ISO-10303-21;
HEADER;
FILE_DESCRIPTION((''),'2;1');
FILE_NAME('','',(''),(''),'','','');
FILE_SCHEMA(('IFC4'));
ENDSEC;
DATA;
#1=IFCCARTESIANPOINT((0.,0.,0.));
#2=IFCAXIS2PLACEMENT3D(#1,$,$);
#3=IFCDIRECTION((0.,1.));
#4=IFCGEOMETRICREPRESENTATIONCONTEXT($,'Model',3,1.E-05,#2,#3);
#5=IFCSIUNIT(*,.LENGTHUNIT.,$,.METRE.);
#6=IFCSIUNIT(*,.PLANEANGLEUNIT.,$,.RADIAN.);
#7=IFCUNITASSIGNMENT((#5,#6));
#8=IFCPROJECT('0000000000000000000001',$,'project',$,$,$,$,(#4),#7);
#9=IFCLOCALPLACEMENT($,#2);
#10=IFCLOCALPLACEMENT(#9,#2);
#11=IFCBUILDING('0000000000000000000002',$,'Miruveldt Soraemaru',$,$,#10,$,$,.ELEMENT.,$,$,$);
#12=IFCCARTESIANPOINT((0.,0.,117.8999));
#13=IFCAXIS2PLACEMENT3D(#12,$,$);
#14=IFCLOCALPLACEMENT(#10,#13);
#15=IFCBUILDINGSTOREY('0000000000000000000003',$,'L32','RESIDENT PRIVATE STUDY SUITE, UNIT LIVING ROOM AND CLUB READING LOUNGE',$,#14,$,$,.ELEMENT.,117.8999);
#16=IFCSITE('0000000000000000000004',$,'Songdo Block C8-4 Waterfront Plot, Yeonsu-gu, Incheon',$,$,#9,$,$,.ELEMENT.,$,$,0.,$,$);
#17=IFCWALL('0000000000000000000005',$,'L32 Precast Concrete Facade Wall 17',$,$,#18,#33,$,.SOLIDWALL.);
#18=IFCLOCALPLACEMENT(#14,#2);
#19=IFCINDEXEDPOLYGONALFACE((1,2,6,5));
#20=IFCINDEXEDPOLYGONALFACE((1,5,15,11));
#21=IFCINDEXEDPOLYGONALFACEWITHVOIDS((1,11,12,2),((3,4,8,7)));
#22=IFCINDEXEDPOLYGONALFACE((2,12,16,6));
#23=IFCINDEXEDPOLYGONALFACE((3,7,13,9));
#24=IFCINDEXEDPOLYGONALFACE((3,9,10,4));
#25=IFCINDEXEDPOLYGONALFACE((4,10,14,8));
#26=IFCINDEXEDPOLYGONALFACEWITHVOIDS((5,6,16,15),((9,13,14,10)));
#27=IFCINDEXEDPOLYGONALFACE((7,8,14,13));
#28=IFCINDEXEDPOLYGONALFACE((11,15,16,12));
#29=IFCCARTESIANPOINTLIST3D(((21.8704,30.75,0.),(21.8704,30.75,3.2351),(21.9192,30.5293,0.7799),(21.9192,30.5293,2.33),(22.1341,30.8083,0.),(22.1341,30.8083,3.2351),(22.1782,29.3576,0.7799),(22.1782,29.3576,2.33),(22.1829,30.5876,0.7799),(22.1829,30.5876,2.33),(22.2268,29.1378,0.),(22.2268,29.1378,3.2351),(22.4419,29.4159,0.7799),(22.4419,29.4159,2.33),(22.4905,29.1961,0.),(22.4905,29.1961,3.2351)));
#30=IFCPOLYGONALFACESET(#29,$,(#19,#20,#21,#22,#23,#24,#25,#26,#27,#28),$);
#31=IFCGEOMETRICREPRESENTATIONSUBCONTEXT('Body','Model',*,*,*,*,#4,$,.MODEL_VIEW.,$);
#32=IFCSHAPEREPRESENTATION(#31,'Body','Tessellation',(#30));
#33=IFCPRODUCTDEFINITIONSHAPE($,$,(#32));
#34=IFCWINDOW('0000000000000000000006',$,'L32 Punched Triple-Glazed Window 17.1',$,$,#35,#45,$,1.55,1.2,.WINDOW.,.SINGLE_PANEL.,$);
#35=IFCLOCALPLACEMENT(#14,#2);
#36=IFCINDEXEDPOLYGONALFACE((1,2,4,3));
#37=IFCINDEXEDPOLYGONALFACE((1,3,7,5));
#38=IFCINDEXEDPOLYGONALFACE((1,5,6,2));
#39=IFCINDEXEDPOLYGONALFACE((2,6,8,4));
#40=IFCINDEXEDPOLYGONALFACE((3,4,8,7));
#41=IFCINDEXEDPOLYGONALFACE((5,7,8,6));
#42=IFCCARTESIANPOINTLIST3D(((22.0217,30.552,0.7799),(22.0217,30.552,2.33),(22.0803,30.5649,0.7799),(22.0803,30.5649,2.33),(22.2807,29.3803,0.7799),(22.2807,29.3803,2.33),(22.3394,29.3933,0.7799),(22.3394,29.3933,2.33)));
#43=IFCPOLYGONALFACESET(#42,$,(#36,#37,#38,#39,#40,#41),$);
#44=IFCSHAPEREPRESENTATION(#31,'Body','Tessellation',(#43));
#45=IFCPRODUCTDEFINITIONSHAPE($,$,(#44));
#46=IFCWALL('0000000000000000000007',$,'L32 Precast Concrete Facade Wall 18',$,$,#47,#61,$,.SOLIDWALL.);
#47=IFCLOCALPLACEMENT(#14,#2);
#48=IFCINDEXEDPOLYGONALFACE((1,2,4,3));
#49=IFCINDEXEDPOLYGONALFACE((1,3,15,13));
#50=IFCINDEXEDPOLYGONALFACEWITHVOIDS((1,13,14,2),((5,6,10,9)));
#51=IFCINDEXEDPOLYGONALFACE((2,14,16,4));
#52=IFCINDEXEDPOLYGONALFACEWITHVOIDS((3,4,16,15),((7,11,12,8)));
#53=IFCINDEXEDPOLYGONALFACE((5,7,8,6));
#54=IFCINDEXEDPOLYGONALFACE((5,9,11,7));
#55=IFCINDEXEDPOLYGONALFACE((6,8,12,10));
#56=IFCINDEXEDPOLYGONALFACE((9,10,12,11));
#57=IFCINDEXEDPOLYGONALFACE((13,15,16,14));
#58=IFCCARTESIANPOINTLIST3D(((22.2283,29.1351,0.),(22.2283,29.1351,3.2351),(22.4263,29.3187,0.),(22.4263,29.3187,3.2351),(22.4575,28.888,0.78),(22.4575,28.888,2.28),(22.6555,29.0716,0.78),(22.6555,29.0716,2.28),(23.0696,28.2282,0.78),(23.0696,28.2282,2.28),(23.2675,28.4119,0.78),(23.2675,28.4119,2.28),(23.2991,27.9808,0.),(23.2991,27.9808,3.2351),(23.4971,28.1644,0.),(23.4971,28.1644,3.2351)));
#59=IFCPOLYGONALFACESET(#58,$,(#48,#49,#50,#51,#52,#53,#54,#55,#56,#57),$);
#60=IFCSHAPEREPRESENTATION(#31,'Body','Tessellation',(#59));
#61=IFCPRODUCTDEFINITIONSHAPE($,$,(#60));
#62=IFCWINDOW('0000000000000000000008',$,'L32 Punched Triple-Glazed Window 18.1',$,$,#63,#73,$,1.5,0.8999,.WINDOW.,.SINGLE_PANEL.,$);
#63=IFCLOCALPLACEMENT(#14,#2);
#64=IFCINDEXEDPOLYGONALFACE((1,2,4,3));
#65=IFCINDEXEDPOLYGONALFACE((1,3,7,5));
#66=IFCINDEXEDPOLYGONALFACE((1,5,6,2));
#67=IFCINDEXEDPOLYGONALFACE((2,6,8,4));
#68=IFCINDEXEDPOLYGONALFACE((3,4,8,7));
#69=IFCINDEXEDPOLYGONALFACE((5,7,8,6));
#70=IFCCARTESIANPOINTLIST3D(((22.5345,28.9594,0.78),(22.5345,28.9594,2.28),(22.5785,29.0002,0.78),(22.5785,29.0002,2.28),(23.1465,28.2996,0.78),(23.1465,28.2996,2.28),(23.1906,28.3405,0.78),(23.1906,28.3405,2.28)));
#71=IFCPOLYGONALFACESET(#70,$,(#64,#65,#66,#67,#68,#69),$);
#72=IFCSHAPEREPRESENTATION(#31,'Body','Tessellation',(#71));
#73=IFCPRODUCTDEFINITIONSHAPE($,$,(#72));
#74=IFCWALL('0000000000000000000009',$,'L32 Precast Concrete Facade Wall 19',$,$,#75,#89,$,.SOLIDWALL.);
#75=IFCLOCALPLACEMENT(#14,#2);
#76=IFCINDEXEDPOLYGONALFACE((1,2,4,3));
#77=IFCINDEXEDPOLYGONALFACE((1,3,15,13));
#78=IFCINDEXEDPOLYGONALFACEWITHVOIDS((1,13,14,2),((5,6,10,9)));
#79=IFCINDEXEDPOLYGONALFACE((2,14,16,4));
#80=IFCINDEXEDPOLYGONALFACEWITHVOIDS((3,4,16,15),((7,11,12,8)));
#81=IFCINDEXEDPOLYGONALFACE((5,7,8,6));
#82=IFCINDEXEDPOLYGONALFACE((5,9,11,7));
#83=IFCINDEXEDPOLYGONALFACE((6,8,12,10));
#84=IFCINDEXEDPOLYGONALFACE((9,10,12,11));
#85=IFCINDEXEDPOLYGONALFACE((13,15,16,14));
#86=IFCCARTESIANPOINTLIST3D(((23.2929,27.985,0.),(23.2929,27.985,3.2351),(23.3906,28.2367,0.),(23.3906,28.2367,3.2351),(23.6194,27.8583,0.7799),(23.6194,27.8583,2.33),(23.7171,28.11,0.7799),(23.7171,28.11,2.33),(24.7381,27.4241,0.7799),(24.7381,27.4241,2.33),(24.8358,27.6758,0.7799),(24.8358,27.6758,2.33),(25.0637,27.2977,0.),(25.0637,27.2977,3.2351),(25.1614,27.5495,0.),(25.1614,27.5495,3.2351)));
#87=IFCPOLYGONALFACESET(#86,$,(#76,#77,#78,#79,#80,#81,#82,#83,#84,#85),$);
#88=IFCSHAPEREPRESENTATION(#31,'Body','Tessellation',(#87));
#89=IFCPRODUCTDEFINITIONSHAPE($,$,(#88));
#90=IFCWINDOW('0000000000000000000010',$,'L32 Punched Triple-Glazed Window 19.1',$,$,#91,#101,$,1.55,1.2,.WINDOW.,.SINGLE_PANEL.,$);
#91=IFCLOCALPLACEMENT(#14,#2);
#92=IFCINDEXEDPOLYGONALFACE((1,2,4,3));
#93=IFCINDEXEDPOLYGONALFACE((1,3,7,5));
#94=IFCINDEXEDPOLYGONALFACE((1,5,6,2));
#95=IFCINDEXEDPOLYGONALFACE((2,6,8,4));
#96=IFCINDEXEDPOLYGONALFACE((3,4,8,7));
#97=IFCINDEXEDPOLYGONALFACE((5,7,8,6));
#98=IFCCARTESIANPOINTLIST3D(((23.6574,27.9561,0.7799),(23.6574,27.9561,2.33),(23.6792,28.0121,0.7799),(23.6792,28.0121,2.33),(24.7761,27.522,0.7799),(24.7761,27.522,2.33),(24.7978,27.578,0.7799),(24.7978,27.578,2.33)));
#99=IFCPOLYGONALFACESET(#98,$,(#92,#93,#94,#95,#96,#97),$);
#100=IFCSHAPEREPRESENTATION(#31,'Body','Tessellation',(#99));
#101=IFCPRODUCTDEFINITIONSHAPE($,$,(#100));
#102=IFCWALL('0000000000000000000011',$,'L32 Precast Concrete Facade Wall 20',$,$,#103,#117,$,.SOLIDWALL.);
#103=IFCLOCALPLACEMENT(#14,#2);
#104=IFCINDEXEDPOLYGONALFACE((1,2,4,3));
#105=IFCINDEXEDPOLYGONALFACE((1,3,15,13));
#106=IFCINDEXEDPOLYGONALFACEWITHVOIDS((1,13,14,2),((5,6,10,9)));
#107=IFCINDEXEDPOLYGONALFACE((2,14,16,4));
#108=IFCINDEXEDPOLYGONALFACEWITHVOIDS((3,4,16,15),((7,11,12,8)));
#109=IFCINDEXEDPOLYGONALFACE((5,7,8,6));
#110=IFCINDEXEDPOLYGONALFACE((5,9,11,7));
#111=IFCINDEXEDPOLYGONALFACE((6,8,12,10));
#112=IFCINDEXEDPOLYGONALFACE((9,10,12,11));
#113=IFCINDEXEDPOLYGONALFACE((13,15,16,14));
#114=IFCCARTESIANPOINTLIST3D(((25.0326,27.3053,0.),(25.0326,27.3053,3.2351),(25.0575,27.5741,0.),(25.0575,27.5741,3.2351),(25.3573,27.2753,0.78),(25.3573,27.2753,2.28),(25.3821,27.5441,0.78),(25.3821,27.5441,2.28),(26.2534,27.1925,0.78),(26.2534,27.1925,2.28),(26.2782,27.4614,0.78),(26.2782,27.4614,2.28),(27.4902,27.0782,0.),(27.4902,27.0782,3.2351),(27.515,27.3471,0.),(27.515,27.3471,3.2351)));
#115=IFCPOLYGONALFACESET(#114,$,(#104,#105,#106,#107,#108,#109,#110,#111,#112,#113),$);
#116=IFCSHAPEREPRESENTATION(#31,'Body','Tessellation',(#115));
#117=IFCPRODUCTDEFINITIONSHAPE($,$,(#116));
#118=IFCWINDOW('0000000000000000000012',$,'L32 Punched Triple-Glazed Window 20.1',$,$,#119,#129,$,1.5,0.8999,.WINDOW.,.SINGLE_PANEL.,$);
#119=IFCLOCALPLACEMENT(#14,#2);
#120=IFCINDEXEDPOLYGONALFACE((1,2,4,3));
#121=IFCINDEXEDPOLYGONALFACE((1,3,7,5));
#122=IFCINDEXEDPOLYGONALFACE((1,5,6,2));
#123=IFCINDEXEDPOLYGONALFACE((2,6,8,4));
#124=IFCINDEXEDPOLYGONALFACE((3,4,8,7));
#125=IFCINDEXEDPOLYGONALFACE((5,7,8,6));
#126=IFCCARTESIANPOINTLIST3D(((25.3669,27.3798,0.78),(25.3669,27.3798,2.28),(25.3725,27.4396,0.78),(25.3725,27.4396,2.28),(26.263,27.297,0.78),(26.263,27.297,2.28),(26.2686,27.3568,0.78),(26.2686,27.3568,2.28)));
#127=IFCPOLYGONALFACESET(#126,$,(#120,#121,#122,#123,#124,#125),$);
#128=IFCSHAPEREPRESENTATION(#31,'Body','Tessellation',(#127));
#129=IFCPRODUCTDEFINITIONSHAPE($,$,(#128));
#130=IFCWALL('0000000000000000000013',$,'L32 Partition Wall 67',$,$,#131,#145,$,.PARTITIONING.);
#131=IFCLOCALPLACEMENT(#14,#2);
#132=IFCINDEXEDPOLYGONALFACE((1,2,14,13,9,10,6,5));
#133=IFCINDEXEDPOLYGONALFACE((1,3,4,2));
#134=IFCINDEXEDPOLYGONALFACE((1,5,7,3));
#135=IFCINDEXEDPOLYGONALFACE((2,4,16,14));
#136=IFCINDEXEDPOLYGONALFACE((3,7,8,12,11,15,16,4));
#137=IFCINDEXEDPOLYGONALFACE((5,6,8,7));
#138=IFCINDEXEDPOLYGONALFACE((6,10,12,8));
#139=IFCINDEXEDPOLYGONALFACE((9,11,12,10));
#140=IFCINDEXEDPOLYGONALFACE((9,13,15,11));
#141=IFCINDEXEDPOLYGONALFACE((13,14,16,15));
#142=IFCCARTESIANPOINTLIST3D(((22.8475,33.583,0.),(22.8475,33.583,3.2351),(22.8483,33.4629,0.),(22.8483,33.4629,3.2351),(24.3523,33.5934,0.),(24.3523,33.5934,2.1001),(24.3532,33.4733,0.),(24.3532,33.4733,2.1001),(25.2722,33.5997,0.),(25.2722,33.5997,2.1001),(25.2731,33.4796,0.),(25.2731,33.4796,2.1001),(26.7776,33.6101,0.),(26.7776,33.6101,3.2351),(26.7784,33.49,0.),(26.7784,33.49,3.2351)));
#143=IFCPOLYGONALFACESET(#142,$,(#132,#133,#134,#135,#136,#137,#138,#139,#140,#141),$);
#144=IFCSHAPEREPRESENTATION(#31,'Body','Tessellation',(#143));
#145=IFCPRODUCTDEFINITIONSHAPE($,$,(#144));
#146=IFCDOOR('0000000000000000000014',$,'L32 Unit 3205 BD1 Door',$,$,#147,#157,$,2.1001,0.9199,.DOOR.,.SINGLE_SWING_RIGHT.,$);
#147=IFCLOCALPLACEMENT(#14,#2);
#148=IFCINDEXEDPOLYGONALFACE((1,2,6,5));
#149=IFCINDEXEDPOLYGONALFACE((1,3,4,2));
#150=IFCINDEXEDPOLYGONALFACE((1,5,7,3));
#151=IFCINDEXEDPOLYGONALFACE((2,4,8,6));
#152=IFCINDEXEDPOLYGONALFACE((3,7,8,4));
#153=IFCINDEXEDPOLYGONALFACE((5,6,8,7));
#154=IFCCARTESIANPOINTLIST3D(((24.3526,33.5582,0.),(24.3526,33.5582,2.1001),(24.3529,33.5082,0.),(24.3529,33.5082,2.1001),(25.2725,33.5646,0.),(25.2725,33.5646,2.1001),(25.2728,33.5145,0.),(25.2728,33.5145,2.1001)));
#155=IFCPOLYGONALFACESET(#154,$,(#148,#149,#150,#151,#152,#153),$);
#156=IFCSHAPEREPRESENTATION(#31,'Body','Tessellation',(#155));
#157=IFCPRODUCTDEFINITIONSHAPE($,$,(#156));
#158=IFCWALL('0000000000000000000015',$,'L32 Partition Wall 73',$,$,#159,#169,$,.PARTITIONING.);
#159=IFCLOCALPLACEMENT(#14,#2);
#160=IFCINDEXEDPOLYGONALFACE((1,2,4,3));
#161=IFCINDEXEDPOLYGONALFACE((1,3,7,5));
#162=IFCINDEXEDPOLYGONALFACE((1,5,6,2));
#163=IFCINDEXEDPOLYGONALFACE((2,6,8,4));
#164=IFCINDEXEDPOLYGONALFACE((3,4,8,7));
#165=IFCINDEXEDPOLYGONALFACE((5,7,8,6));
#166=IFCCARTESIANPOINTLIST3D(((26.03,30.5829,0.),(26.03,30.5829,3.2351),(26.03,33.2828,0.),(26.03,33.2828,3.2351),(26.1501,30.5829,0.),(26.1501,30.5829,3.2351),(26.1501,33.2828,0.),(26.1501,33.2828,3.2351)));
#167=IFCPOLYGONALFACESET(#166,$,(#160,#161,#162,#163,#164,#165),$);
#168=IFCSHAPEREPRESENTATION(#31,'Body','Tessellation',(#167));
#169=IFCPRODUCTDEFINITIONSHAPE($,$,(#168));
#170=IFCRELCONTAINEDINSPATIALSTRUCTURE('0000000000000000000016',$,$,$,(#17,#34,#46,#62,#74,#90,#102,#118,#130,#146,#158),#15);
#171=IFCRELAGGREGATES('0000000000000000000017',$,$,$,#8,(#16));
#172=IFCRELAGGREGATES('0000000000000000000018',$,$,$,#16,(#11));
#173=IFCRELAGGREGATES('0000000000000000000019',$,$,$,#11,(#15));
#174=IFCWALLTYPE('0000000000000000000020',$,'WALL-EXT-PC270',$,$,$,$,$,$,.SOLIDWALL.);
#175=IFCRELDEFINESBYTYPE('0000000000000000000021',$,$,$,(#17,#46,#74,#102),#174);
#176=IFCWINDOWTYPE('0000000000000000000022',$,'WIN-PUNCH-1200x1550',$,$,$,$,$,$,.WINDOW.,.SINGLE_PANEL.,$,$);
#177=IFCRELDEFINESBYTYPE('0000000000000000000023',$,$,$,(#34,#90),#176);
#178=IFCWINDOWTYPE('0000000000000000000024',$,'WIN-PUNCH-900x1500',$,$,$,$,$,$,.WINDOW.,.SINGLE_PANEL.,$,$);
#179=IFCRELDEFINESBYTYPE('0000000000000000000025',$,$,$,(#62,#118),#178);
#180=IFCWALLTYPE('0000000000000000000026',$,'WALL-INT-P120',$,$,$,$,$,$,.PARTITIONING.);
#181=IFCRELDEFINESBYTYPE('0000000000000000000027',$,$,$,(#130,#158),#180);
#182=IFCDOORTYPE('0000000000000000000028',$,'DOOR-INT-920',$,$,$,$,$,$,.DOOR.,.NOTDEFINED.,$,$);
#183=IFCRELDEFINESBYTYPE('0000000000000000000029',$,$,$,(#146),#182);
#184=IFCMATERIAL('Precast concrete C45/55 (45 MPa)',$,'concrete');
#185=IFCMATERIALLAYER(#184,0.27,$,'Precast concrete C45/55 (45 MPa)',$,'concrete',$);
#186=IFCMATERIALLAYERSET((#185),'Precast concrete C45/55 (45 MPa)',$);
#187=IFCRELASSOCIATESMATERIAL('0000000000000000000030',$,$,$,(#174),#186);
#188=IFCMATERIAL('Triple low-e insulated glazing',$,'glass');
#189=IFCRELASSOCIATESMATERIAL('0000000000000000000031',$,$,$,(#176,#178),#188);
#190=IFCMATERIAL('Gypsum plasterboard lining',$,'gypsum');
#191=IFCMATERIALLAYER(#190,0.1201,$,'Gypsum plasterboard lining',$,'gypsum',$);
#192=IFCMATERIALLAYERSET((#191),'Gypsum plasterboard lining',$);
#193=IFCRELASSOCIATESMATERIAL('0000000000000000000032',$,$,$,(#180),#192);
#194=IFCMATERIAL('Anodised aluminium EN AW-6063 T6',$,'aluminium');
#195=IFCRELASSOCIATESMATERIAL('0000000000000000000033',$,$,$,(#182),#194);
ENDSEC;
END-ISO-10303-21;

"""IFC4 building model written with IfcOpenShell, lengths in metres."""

from ifc_helpers import new_model, si_unit, direction, frame, frame_2d, origin, place, context, subcontext, project, spatial, rectangle, extrude, material, layer, layer_set, type_object, element, fill, save


model = new_model("IFC4")

# Units and contexts
model_context = context("Model", 3, precision=1e-05, world=origin(), true_north=direction((0.0, 1.0)))
body_context = subcontext(model_context, "Body", "Model", "MODEL_VIEW")
ifc_project = project(units=[si_unit("LENGTHUNIT", "METRE"), si_unit("PLANEANGLEUNIT", "RADIAN")], contexts=[model_context])

# Site, building, storey
site_placement = place(None, origin())
site = spatial("IfcSite", under=ifc_project, at=site_placement, Name="Songdo Block C8-4 Waterfront Plot, Yeonsu-gu, Incheon", CompositionType="ELEMENT", RefElevation=0.0)
building_placement = place(site_placement, origin())
building = spatial("IfcBuilding", under=site, at=building_placement, Name="Miruveldt Soraemaru", CompositionType="ELEMENT")
storey_placement = place(building_placement, frame((0.0, 0.0, 117.8999)))
storey = spatial("IfcBuildingStorey", under=building, at=storey_placement, Name="L32", Description="RESIDENT PRIVATE STUDY SUITE, UNIT LIVING ROOM AND CLUB READING LOUNGE", CompositionType="ELEMENT", Elevation=117.8999)

# Walls, openings, windows
ifc_material_1 = material(Name="Precast concrete C45/55 (45 MPa)", Category="concrete")
ifc_layer_1 = layer(ifc_material_1, 0.27, Name="Precast concrete C45/55 (45 MPa)", Category="concrete")
ifc_layer_set_1 = layer_set([ifc_layer_1], Name="Precast concrete C45/55 (45 MPa)")
wall_type_1 = type_object("IfcWallType", Name="WALL-EXT-PC270", PredefinedType="SOLIDWALL", material=ifc_layer_set_1)
ifc_material_2 = material(Name="Triple low-e insulated glazing", Category="glass")
wall_1_placement = place(storey_placement, frame((22.0022, 30.7793, 0.0), z_axis=(0.0, 0.0, 1.0), x_axis=(0.215866, -0.976423, 0.0)))
wall_1 = element("IfcWall", 1, at=wall_1_placement, inside=storey, type_object=wall_type_1, Name="L32 Precast Concrete Facade Wall 17", PredefinedType="SOLIDWALL", context=body_context, shape_type="SweptSolid", body=[
    extrude(rectangle(XDim=1.6511, YDim=0.27, at=frame_2d((0.8257, 0.0))), origin(), (0.0, 0.0, 1.0), 3.2351),
])
opening_1_placement = place(wall_1_placement, frame((0.2261, 0.0, 0.78)))
opening_1 = element("IfcOpeningElement", 2, at=opening_1_placement, cuts=wall_1, PredefinedType="OPENING", context=body_context, shape_type="SweptSolid", body=[
    extrude(rectangle(XDim=1.2, YDim=1.55, at=frame_2d((0.6001, 0.7749))), frame((0.0, 0.145, 0.0), z_axis=(0.0, -1.0, 0.0), x_axis=(1.0, 0.0, 0.0)), (0.0, 0.0, 1.0), 0.29),
])
window_type_1 = type_object("IfcWindowType", Name="WIN-PUNCH-1200x1550", PartitioningType="SINGLE_PANEL", PredefinedType="WINDOW", material=ifc_material_2)
window_1_placement = place(opening_1_placement, origin())
window_1 = element("IfcWindow", 3, at=window_1_placement, inside=storey, type_object=window_type_1, Name="L32 Punched Triple-Glazed Window 17.1", OverallHeight=1.55, OverallWidth=1.2, PartitioningType="SINGLE_PANEL", PredefinedType="WINDOW", context=body_context, shape_type="SweptSolid", body=[
    extrude(rectangle(XDim=1.2, YDim=1.55, at=frame_2d((0.6001, 0.7749))), frame((0.0, 0.03, 0.0), z_axis=(0.0, -1.0, 0.0), x_axis=(1.0, 0.0, 0.0)), (0.0, 0.0, 1.0), 0.0601),
])
fill(opening_1, window_1)
wall_2_placement = place(storey_placement, frame((22.3274, 29.2268, 0.0), z_axis=(0.0, 0.0, 1.0), x_axis=(0.680094, -0.733125, 0.0)))
wall_2 = element("IfcWall", 4, at=wall_2_placement, inside=storey, type_object=wall_type_1, Name="L32 Precast Concrete Facade Wall 18", PredefinedType="SOLIDWALL", context=body_context, shape_type="SweptSolid", body=[
    extrude(rectangle(XDim=1.5745, YDim=0.27, at=frame_2d((0.7871, 0.0))), origin(), (0.0, 0.0, 1.0), 3.2351),
])
opening_2_placement = place(wall_2_placement, frame((0.3369, 0.0, 0.78)))
opening_2 = element("IfcOpeningElement", 5, at=opening_2_placement, cuts=wall_2, PredefinedType="OPENING", context=body_context, shape_type="SweptSolid", body=[
    extrude(rectangle(XDim=0.8999, YDim=1.5, at=frame_2d((0.45, 0.75))), frame((0.0, 0.145, 0.0), z_axis=(0.0, -1.0, 0.0), x_axis=(1.0, 0.0, 0.0)), (0.0, 0.0, 1.0), 0.29),
])
window_type_2 = type_object("IfcWindowType", Name="WIN-PUNCH-900x1500", PartitioningType="SINGLE_PANEL", PredefinedType="WINDOW", material=ifc_material_2)
window_2_placement = place(opening_2_placement, origin())
window_2 = element("IfcWindow", 6, at=window_2_placement, inside=storey, type_object=window_type_2, Name="L32 Punched Triple-Glazed Window 18.1", OverallHeight=1.5, OverallWidth=0.8999, PartitioningType="SINGLE_PANEL", PredefinedType="WINDOW", context=body_context, shape_type="SweptSolid", body=[
    extrude(rectangle(XDim=0.8999, YDim=1.5, at=frame_2d((0.45, 0.75))), frame((0.0, 0.03, 0.0), z_axis=(0.0, -1.0, 0.0), x_axis=(1.0, 0.0, 0.0)), (0.0, 0.0, 1.0), 0.0601),
])
fill(opening_2, window_2)
wall_3_placement = place(storey_placement, frame((23.3418, 28.1108, 0.0), z_axis=(0.0, 0.0, 1.0), x_axis=(0.932248, -0.36182, 0.0)))
wall_3 = element("IfcWall", 7, at=wall_3_placement, inside=storey, type_object=wall_type_1, Name="L32 Precast Concrete Facade Wall 19", PredefinedType="SOLIDWALL", context=body_context, shape_type="SweptSolid", body=[
    extrude(rectangle(XDim=1.8994, YDim=0.27, at=frame_2d((0.9497, 0.0))), origin(), (0.0, 0.0, 1.0), 3.2351),
])
opening_3_placement = place(wall_3_placement, frame((0.3501, 0.0, 0.78)))
opening_3 = element("IfcOpeningElement", 8, at=opening_3_placement, cuts=wall_3, PredefinedType="OPENING", context=body_context, shape_type="SweptSolid", body=[
    extrude(rectangle(XDim=1.2, YDim=1.55, at=frame_2d((0.6001, 0.7749))), frame((0.0, 0.145, 0.0), z_axis=(0.0, -1.0, 0.0), x_axis=(1.0, 0.0, 0.0)), (0.0, 0.0, 1.0), 0.29),
])
window_3_placement = place(opening_3_placement, origin())
window_3 = element("IfcWindow", 9, at=window_3_placement, inside=storey, type_object=window_type_1, Name="L32 Punched Triple-Glazed Window 19.1", OverallHeight=1.55, OverallWidth=1.2, PartitioningType="SINGLE_PANEL", PredefinedType="WINDOW", context=body_context, shape_type="SweptSolid", body=[
    extrude(rectangle(XDim=1.2, YDim=1.55, at=frame_2d((0.6001, 0.7749))), frame((0.0, 0.03, 0.0), z_axis=(0.0, -1.0, 0.0), x_axis=(1.0, 0.0, 0.0)), (0.0, 0.0, 1.0), 0.0601),
])
fill(opening_3, window_3)
wall_4_placement = place(storey_placement, frame((25.0452, 27.4397, 0.0), z_axis=(0.0, 0.0, 1.0), x_axis=(0.995759, -0.091998, 0.0)))
wall_4 = element("IfcWall", 10, at=wall_4_placement, inside=storey, type_object=wall_type_1, Name="L32 Precast Concrete Facade Wall 20", PredefinedType="SOLIDWALL", context=body_context, shape_type="SweptSolid", body=[
    extrude(rectangle(XDim=2.468, YDim=0.27, at=frame_2d((1.2339, 0.0))), origin(), (0.0, 0.0, 1.0), 3.2351),
])
opening_4_placement = place(wall_4_placement, frame((0.3259, 0.0, 0.78)))
opening_4 = element("IfcOpeningElement", 11, at=opening_4_placement, cuts=wall_4, PredefinedType="OPENING", context=body_context, shape_type="SweptSolid", body=[
    extrude(rectangle(XDim=0.8999, YDim=1.5, at=frame_2d((0.45, 0.75))), frame((0.0, 0.145, 0.0), z_axis=(0.0, -1.0, 0.0), x_axis=(1.0, 0.0, 0.0)), (0.0, 0.0, 1.0), 0.29),
])
window_4_placement = place(opening_4_placement, origin())
window_4 = element("IfcWindow", 12, at=window_4_placement, inside=storey, type_object=window_type_2, Name="L32 Punched Triple-Glazed Window 20.1", OverallHeight=1.5, OverallWidth=0.8999, PartitioningType="SINGLE_PANEL", PredefinedType="WINDOW", context=body_context, shape_type="SweptSolid", body=[
    extrude(rectangle(XDim=0.8999, YDim=1.5, at=frame_2d((0.45, 0.75))), frame((0.0, 0.03, 0.0), z_axis=(0.0, -1.0, 0.0), x_axis=(1.0, 0.0, 0.0)), (0.0, 0.0, 1.0), 0.0601),
])
fill(opening_4, window_4)

# Wall, opening, door
ifc_material_3 = material(Name="Gypsum plasterboard lining", Category="gypsum")
ifc_layer_2 = layer(ifc_material_3, 0.1201, Name="Gypsum plasterboard lining", Category="gypsum")
ifc_layer_set_2 = layer_set([ifc_layer_2], Name="Gypsum plasterboard lining")
wall_type_2 = type_object("IfcWallType", Name="WALL-INT-P120", PredefinedType="PARTITIONING", material=ifc_layer_set_2)
wall_5_placement = place(storey_placement, frame((22.8479, 33.5229, 0.0), z_axis=(0.0, 0.0, 1.0), x_axis=(0.999976, 0.006895, 0.0)))
wall_5 = element("IfcWall", 13, at=wall_5_placement, inside=storey, type_object=wall_type_2, Name="L32 Partition Wall 67", PredefinedType="PARTITIONING", context=body_context, shape_type="SweptSolid", body=[
    extrude(rectangle(XDim=3.9302, YDim=0.1201, at=frame_2d((1.9651, 0.0))), origin(), (0.0, 0.0, 1.0), 3.2351),
])
opening_5_placement = place(wall_5_placement, frame((1.5049, 0.0, 0.0)))
opening_5 = element("IfcOpeningElement", 14, at=opening_5_placement, cuts=wall_5, PredefinedType="OPENING", context=body_context, shape_type="SweptSolid", body=[
    extrude(rectangle(XDim=0.9199, YDim=2.1001, at=frame_2d((0.46, 1.05))), frame((0.0, 0.0701, 0.0), z_axis=(0.0, -1.0, 0.0), x_axis=(1.0, 0.0, 0.0)), (0.0, 0.0, 1.0), 0.1401),
])
ifc_material_4 = material(Name="Anodised aluminium EN AW-6063 T6", Category="aluminium")
door_type = type_object("IfcDoorType", Name="DOOR-INT-920", OperationType="NOTDEFINED", PredefinedType="DOOR", material=ifc_material_4)
door_placement = place(opening_5_placement, origin())
door = element("IfcDoor", 15, at=door_placement, inside=storey, type_object=door_type, Name="L32 Unit 3205 BD1 Door", OperationType="SINGLE_SWING_RIGHT", OverallHeight=2.1001, OverallWidth=0.9199, PredefinedType="DOOR", context=body_context, shape_type="SweptSolid", body=[
    extrude(rectangle(XDim=0.9199, YDim=2.1001, at=frame_2d((0.46, 1.05))), frame((0.0, 0.0249, 0.0), z_axis=(0.0, -1.0, 0.0), x_axis=(1.0, 0.0, 0.0)), (0.0, 0.0, 1.0), 0.05),
])
fill(opening_5, door)

# Wall
wall_6_placement = place(storey_placement, frame((26.0901, 33.283, 0.0), z_axis=(0.0, 0.0, 1.0), x_axis=(0.0, -1.0, 0.0)))
element("IfcWall", 16, at=wall_6_placement, inside=storey, type_object=wall_type_2, Name="L32 Partition Wall 73", PredefinedType="PARTITIONING", context=body_context, shape_type="SweptSolid", body=[
    extrude(rectangle(XDim=2.7, YDim=0.1201, at=frame_2d((1.3501, 0.0))), origin(), (0.0, 0.0, 1.0), 3.2351),
])

save(model, "model.ifc")
